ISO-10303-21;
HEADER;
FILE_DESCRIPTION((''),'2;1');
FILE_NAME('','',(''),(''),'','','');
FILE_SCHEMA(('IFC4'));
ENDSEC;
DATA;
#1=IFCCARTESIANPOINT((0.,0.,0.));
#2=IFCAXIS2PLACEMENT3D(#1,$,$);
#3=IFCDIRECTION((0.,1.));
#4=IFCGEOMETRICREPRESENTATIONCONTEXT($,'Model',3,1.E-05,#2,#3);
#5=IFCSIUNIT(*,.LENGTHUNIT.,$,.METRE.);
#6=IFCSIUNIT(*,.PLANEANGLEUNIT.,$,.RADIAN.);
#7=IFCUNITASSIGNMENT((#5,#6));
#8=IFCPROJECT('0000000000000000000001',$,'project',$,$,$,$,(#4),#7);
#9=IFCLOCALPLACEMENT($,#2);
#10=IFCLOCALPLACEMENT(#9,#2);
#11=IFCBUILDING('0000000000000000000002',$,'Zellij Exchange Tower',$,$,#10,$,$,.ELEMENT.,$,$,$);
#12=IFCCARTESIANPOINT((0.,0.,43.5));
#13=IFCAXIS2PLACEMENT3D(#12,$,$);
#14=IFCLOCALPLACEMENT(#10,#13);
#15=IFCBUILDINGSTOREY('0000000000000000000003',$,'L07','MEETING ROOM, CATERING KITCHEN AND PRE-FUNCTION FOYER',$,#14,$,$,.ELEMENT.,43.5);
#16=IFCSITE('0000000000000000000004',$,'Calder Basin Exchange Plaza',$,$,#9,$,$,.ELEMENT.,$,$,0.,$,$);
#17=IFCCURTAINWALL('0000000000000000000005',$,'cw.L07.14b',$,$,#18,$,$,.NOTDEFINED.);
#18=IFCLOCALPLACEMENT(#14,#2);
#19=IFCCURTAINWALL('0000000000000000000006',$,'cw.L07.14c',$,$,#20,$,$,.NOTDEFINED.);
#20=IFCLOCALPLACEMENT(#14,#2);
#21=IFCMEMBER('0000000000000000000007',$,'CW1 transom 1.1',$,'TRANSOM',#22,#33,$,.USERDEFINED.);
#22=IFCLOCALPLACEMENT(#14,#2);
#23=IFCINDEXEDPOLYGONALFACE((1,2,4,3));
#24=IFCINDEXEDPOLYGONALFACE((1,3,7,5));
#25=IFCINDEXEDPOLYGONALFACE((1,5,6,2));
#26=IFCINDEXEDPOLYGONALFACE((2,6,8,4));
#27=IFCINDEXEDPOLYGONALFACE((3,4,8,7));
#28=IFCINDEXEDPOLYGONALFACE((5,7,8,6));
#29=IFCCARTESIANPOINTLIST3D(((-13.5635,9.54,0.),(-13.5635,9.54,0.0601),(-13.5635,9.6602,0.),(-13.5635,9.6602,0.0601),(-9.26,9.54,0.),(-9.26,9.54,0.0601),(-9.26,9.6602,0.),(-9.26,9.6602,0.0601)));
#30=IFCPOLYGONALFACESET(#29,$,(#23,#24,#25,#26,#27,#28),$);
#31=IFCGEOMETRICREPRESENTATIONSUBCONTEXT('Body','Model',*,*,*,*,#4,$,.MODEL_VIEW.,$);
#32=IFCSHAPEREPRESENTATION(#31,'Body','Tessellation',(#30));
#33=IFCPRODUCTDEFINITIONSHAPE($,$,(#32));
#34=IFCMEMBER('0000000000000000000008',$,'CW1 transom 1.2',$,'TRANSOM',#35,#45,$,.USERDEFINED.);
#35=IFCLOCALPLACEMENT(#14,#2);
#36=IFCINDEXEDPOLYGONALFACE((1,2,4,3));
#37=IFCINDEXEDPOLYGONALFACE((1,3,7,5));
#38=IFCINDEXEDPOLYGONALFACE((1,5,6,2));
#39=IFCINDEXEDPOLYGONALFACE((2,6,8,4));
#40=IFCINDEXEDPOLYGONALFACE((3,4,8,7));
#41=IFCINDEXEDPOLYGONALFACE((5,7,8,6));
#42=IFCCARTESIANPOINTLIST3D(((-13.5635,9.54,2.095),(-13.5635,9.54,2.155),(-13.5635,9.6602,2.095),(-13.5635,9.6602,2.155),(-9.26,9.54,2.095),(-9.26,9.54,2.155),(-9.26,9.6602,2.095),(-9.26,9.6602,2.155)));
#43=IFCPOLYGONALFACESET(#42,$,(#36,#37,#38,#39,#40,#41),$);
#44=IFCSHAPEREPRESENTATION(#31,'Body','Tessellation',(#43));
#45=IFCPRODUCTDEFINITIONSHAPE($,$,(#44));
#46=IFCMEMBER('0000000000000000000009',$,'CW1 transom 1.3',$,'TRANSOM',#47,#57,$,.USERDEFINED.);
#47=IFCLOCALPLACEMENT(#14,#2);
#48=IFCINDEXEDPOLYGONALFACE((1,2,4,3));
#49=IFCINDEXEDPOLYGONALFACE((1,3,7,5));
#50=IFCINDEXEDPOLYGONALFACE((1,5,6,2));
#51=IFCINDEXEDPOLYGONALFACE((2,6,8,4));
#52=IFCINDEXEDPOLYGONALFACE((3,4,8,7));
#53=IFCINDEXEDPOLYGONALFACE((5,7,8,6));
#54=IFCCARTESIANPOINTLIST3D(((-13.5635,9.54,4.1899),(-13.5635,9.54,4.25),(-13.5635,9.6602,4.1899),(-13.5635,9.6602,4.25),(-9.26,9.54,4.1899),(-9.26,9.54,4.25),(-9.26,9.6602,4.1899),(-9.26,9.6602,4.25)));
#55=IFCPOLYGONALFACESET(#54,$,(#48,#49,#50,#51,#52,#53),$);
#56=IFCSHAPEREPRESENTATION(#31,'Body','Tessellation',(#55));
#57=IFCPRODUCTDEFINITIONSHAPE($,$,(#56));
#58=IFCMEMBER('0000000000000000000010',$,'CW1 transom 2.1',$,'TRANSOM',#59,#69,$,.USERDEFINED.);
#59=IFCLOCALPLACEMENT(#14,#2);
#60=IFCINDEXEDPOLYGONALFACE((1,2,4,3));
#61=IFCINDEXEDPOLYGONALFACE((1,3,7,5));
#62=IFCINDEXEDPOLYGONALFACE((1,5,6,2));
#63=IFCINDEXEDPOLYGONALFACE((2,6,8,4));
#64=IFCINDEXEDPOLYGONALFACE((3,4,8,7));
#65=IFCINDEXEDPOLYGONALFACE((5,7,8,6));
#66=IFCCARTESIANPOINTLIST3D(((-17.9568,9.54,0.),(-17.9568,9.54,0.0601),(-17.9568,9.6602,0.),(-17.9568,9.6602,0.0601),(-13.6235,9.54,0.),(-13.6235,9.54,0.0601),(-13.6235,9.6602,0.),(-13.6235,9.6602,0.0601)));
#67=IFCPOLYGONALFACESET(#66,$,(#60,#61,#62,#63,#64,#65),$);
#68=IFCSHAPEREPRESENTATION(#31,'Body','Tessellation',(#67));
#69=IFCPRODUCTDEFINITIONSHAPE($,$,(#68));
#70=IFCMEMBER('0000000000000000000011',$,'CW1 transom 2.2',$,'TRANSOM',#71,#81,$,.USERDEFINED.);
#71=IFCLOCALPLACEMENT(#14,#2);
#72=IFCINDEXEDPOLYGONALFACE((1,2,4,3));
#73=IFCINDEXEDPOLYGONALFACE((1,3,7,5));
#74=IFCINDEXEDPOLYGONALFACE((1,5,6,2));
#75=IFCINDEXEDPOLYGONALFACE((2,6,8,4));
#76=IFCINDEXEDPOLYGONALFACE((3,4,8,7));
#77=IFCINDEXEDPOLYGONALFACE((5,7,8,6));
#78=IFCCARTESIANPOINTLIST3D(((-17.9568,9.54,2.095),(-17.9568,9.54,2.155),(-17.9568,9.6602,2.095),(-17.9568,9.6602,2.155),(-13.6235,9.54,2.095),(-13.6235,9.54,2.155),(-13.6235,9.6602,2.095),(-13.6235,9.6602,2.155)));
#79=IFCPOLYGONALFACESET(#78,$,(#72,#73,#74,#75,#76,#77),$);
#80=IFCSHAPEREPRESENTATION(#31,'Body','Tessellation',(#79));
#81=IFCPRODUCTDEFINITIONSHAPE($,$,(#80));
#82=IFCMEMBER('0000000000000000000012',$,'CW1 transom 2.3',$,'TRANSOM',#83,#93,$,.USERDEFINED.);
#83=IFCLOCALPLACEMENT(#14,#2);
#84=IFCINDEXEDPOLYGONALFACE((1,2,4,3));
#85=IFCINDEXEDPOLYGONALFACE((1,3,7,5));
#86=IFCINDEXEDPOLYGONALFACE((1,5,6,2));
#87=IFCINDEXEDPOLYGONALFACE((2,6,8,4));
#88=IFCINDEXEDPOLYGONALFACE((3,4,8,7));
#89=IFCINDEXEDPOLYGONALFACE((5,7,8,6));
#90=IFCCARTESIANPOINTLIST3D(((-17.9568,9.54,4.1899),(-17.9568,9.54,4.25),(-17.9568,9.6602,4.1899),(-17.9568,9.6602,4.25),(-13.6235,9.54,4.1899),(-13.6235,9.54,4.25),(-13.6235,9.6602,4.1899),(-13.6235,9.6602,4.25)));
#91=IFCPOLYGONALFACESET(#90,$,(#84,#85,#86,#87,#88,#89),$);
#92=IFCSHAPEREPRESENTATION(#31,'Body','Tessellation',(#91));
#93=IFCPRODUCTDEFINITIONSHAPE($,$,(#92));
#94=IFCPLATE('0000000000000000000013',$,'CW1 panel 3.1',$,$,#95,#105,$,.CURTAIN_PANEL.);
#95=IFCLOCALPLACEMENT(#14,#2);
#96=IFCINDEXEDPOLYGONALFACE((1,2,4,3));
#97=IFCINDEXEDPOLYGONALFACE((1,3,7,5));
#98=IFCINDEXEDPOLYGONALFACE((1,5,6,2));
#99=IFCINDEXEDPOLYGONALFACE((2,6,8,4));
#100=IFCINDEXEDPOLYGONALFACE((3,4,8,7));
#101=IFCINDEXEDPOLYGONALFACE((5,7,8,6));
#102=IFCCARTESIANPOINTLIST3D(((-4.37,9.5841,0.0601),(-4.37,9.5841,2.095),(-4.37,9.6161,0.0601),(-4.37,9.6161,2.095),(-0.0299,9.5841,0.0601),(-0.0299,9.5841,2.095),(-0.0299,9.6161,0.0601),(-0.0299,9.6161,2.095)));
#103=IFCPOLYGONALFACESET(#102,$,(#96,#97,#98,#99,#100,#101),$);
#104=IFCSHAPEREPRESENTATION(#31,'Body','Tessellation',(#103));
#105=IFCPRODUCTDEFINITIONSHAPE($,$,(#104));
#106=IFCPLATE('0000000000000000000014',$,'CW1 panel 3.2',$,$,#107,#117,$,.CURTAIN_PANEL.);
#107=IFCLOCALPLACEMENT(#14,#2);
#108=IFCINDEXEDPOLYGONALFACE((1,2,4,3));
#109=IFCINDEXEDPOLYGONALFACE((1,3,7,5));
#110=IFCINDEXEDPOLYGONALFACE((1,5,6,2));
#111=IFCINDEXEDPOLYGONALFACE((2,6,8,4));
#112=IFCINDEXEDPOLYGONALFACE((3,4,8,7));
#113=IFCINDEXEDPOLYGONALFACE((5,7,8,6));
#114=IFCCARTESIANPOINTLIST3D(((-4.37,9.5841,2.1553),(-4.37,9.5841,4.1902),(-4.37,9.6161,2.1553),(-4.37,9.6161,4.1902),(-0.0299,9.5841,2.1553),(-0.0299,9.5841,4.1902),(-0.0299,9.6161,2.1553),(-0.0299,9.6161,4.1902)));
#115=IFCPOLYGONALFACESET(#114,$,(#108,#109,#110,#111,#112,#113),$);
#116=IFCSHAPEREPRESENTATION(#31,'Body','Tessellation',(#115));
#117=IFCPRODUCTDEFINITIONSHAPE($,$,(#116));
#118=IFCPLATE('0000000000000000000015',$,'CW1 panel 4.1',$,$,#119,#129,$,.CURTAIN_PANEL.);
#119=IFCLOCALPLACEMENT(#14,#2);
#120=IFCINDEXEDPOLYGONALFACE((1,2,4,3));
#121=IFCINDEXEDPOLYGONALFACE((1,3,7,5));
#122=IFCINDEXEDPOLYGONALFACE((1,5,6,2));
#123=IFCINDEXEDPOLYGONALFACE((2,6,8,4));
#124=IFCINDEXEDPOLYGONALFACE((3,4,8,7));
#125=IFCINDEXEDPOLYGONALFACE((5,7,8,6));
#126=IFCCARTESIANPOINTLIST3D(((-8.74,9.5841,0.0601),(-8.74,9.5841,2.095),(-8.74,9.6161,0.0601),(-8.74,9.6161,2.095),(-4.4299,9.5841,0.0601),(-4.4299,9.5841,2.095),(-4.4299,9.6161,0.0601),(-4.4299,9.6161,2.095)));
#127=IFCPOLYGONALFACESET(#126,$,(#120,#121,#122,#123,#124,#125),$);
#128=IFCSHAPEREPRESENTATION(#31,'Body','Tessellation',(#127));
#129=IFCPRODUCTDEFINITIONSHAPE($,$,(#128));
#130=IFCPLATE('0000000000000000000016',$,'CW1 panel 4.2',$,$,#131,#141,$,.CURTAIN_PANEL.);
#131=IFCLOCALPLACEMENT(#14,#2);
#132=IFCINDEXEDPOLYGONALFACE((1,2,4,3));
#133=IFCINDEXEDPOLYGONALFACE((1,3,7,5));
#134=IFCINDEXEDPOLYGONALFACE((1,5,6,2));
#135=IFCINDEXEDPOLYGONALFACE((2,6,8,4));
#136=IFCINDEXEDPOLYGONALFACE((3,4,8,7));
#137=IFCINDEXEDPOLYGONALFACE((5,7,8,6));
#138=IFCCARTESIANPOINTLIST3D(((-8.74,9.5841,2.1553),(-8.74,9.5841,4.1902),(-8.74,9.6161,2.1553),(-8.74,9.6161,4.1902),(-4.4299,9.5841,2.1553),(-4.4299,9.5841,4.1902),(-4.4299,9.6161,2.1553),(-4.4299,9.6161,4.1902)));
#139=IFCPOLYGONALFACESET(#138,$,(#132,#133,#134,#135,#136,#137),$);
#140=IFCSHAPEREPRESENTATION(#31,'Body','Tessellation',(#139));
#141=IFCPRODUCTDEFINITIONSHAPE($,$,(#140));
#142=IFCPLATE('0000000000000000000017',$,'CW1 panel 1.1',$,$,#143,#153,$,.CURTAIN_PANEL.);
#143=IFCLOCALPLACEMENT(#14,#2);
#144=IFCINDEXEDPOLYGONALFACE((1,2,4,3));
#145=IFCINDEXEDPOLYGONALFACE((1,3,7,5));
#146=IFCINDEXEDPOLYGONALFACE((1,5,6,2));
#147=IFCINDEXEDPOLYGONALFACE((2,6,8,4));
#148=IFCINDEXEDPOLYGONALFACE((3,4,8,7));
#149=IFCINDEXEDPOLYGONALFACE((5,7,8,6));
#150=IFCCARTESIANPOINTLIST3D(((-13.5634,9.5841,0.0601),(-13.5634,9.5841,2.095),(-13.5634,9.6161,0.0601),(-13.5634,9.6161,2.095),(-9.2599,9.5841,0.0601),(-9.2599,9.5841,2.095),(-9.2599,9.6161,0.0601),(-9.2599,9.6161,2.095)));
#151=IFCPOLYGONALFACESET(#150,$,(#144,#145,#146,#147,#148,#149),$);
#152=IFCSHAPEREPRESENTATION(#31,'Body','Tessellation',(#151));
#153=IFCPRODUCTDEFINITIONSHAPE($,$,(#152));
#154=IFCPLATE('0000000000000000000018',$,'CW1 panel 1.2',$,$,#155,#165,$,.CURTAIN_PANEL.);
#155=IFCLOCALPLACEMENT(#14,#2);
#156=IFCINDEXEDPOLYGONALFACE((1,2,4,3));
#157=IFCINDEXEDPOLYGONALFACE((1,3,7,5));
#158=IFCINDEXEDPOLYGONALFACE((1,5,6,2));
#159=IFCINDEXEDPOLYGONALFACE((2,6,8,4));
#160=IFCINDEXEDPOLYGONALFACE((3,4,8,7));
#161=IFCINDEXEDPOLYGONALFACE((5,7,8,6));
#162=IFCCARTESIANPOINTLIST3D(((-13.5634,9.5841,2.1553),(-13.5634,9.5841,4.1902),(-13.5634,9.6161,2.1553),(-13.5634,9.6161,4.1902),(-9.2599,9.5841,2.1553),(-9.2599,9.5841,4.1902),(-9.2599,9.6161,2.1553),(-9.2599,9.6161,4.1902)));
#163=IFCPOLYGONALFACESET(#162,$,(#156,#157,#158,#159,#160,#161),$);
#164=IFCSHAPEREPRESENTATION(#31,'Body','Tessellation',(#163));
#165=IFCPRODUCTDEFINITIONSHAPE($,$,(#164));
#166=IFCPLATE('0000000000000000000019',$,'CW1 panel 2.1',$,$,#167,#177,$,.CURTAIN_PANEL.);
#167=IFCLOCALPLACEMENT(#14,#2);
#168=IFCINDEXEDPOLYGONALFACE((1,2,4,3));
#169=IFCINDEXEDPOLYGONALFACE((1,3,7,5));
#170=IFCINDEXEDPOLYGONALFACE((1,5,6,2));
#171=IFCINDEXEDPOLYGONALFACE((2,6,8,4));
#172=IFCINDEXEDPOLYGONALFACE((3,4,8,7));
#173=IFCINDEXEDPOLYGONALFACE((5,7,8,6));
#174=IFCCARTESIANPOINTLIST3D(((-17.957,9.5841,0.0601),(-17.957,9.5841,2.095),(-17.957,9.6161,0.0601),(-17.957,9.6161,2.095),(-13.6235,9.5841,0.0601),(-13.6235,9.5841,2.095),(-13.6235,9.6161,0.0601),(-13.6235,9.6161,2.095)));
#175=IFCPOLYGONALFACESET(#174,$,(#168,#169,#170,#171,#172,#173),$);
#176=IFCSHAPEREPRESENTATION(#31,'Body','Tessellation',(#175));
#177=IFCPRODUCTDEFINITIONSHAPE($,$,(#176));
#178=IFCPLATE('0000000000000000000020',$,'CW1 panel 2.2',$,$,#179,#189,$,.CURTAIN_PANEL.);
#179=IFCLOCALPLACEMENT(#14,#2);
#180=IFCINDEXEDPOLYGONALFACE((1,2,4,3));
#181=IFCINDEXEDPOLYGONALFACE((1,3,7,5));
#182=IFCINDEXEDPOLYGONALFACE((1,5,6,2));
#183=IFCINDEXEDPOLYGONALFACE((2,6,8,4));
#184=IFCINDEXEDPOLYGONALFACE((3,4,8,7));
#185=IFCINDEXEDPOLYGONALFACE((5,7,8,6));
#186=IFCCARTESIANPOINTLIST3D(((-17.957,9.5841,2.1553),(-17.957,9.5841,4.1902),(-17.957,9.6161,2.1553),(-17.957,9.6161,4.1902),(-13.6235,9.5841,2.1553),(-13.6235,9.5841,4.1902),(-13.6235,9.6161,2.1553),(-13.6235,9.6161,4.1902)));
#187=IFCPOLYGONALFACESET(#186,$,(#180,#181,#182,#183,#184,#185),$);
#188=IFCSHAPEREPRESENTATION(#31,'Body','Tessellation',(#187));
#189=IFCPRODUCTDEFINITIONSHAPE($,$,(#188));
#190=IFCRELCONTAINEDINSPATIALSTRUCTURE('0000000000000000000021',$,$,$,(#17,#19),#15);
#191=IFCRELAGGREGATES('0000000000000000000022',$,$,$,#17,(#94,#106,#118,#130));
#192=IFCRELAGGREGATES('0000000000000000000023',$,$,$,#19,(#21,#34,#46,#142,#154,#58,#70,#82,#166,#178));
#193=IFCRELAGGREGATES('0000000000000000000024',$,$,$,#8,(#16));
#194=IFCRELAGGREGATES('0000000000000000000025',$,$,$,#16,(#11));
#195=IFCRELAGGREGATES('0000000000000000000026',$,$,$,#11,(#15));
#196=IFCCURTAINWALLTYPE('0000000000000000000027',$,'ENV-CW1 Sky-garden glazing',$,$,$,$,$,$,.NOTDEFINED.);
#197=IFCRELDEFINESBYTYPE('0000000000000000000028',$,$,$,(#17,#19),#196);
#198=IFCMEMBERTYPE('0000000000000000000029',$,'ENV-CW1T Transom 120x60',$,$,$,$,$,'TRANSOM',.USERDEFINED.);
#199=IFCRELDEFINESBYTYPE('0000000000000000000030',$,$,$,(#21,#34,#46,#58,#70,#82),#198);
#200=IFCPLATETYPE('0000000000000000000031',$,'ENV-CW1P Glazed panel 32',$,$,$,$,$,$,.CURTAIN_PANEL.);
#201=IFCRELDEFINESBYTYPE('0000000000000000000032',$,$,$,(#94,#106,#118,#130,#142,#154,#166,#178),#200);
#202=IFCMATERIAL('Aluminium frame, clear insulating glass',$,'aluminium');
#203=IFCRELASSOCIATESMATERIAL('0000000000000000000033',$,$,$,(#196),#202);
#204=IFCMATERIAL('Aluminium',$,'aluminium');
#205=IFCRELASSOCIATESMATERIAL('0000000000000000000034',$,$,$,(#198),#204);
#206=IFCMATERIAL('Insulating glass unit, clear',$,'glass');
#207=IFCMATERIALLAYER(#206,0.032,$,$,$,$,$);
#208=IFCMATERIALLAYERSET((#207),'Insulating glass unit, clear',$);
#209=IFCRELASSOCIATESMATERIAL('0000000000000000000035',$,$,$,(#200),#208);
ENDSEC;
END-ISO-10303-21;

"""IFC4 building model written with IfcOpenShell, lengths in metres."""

from ifc_helpers import new_model, si_unit, direction, frame, origin, origin_2d, place, context, subcontext, project, spatial, rectangle, extrude, material, layer, layer_set, material_profile, profile_set, type_object, element, aggregate, save


model = new_model("IFC4")

# Units and contexts
model_context = context("Model", 3, precision=1e-05, world=origin(), true_north=direction((0.0, 1.0)))
body_context = subcontext(model_context, "Body", "Model", "MODEL_VIEW")
ifc_project = project(units=[si_unit("LENGTHUNIT", "METRE"), si_unit("PLANEANGLEUNIT", "RADIAN")], contexts=[model_context])

# Site, building, storey
site_placement = place(None, origin())
site = spatial("IfcSite", under=ifc_project, at=site_placement, Name="Calder Basin Exchange Plaza", CompositionType="ELEMENT", RefElevation=0.0)
building_placement = place(site_placement, origin())
building = spatial("IfcBuilding", under=site, at=building_placement, Name="Zellij Exchange Tower", CompositionType="ELEMENT")
storey_placement = place(building_placement, frame((0.0, 0.0, 43.5)))
storey = spatial("IfcBuildingStorey", under=building, at=storey_placement, Name="L07", Description="MEETING ROOM, CATERING KITCHEN AND PRE-FUNCTION FOYER", CompositionType="ELEMENT", Elevation=43.5)

# Curtain walls
ifc_material_1 = material(Name="Aluminium frame, clear insulating glass", Category="aluminium")
curtain_wall_type = type_object("IfcCurtainWallType", Name="ENV-CW1 Sky-garden glazing", PredefinedType="NOTDEFINED", material=ifc_material_1)
curtain_wall_1_placement = place(storey_placement, origin())
curtain_wall_1 = element("IfcCurtainWall", 1, at=curtain_wall_1_placement, inside=storey, type_object=curtain_wall_type, Name="cw.L07.14b", PredefinedType="NOTDEFINED")
ifc_material_2 = material(Name="Aluminium", Category="aluminium")
curtain_wall_2_placement = place(storey_placement, origin())
curtain_wall_2 = element("IfcCurtainWall", 2, at=curtain_wall_2_placement, inside=storey, type_object=curtain_wall_type, Name="cw.L07.14c", PredefinedType="NOTDEFINED")

# Members
ifc_material_profile_1 = material_profile(ifc_material_2, rectangle(XDim=0.1201, YDim=0.0601, at=origin_2d()), Name="AL 120x60")
ifc_profile_set_1 = profile_set([ifc_material_profile_1], Name="Aluminium")
member_type_1 = type_object("IfcMemberType", Name="ENV-CW1T Transom 120x60", ElementType="TRANSOM", PredefinedType="USERDEFINED", material=ifc_profile_set_1)
member_1_placement = place(storey_placement, frame((-9.26, 9.6001, 0.03), z_axis=(-1.0, 0.0, 0.0), x_axis=(0.0, -1.0, 0.0)))
member_1 = element("IfcMember", 3, at=member_1_placement, type_object=member_type_1, Name="CW1 transom 1.1", ObjectType="TRANSOM", PredefinedType="USERDEFINED", context=body_context, shape_type="SweptSolid", body=[
    extrude(rectangle(XDim=0.1201, YDim=0.0601, at=origin_2d()), origin(), (0.0, 0.0, 1.0), 4.3035),
])
member_2_placement = place(storey_placement, frame((-9.26, 9.6001, 2.125), z_axis=(-1.0, 0.0, 0.0), x_axis=(0.0, -1.0, 0.0)))
member_2 = element("IfcMember", 4, at=member_2_placement, type_object=member_type_1, Name="CW1 transom 1.2", ObjectType="TRANSOM", PredefinedType="USERDEFINED", context=body_context, shape_type="SweptSolid", body=[
    extrude(rectangle(XDim=0.1201, YDim=0.0601, at=origin_2d()), origin(), (0.0, 0.0, 1.0), 4.3035),
])
member_3_placement = place(storey_placement, frame((-9.26, 9.6001, 4.22), z_axis=(-1.0, 0.0, 0.0), x_axis=(0.0, -1.0, 0.0)))
member_3 = element("IfcMember", 5, at=member_3_placement, type_object=member_type_1, Name="CW1 transom 1.3", ObjectType="TRANSOM", PredefinedType="USERDEFINED", context=body_context, shape_type="SweptSolid", body=[
    extrude(rectangle(XDim=0.1201, YDim=0.0601, at=origin_2d()), origin(), (0.0, 0.0, 1.0), 4.3035),
])
member_4_placement = place(storey_placement, frame((-13.6235, 9.6001, 0.03), z_axis=(-1.0, 0.0, 0.0), x_axis=(0.0, -1.0, 0.0)))
member_4 = element("IfcMember", 6, at=member_4_placement, type_object=member_type_1, Name="CW1 transom 2.1", ObjectType="TRANSOM", PredefinedType="USERDEFINED", context=body_context, shape_type="SweptSolid", body=[
    extrude(rectangle(XDim=0.1201, YDim=0.0601, at=origin_2d()), origin(), (0.0, 0.0, 1.0), 4.3333),
])
member_5_placement = place(storey_placement, frame((-13.6235, 9.6001, 2.125), z_axis=(-1.0, 0.0, 0.0), x_axis=(0.0, -1.0, 0.0)))
member_5 = element("IfcMember", 7, at=member_5_placement, type_object=member_type_1, Name="CW1 transom 2.2", ObjectType="TRANSOM", PredefinedType="USERDEFINED", context=body_context, shape_type="SweptSolid", body=[
    extrude(rectangle(XDim=0.1201, YDim=0.0601, at=origin_2d()), origin(), (0.0, 0.0, 1.0), 4.3333),
])
member_6_placement = place(storey_placement, frame((-13.6235, 9.6001, 4.22), z_axis=(-1.0, 0.0, 0.0), x_axis=(0.0, -1.0, 0.0)))
member_6 = element("IfcMember", 8, at=member_6_placement, type_object=member_type_1, Name="CW1 transom 2.3", ObjectType="TRANSOM", PredefinedType="USERDEFINED", context=body_context, shape_type="SweptSolid", body=[
    extrude(rectangle(XDim=0.1201, YDim=0.0601, at=origin_2d()), origin(), (0.0, 0.0, 1.0), 4.3333),
])

# Plates
ifc_material_3 = material(Name="Insulating glass unit, clear", Category="glass")
ifc_layer_1 = layer(ifc_material_3, 0.032)
ifc_layer_set_1 = layer_set([ifc_layer_1], Name="Insulating glass unit, clear")
plate_type = type_object("IfcPlateType", Name="ENV-CW1P Glazed panel 32", PredefinedType="CURTAIN_PANEL", material=ifc_layer_set_1)
plate_1_placement = place(storey_placement, frame((-2.2, 9.6001, 0.0601), z_axis=(0.0, 0.0, 1.0), x_axis=(-1.0, 0.0, 0.0)))
plate_1 = element("IfcPlate", 9, at=plate_1_placement, type_object=plate_type, Name="CW1 panel 3.1", PredefinedType="CURTAIN_PANEL", context=body_context, shape_type="SweptSolid", body=[
    extrude(rectangle(XDim=4.3401, YDim=0.032, at=origin_2d()), origin(), (0.0, 0.0, 1.0), 2.0349),
])
plate_2_placement = place(storey_placement, frame((-2.2, 9.6001, 2.1553), z_axis=(0.0, 0.0, 1.0), x_axis=(-1.0, 0.0, 0.0)))
plate_2 = element("IfcPlate", 10, at=plate_2_placement, type_object=plate_type, Name="CW1 panel 3.2", PredefinedType="CURTAIN_PANEL", context=body_context, shape_type="SweptSolid", body=[
    extrude(rectangle(XDim=4.3401, YDim=0.032, at=origin_2d()), origin(), (0.0, 0.0, 1.0), 2.0349),
])
plate_3_placement = place(storey_placement, frame((-6.585, 9.6001, 0.0601), z_axis=(0.0, 0.0, 1.0), x_axis=(-1.0, 0.0, 0.0)))
plate_3 = element("IfcPlate", 11, at=plate_3_placement, type_object=plate_type, Name="CW1 panel 4.1", PredefinedType="CURTAIN_PANEL", context=body_context, shape_type="SweptSolid", body=[
    extrude(rectangle(XDim=4.3101, YDim=0.032, at=origin_2d()), origin(), (0.0, 0.0, 1.0), 2.0349),
])
plate_4_placement = place(storey_placement, frame((-6.585, 9.6001, 2.1553), z_axis=(0.0, 0.0, 1.0), x_axis=(-1.0, 0.0, 0.0)))
plate_4 = element("IfcPlate", 12, at=plate_4_placement, type_object=plate_type, Name="CW1 panel 4.2", PredefinedType="CURTAIN_PANEL", context=body_context, shape_type="SweptSolid", body=[
    extrude(rectangle(XDim=4.3101, YDim=0.032, at=origin_2d()), origin(), (0.0, 0.0, 1.0), 2.0349),
])
aggregate(curtain_wall_1, [plate_1, plate_2, plate_3, plate_4])
plate_5_placement = place(storey_placement, frame((-11.4116, 9.6001, 0.0601), z_axis=(0.0, 0.0, 1.0), x_axis=(-1.0, 0.0, 0.0)))
plate_5 = element("IfcPlate", 13, at=plate_5_placement, type_object=plate_type, Name="CW1 panel 1.1", PredefinedType="CURTAIN_PANEL", context=body_context, shape_type="SweptSolid", body=[
    extrude(rectangle(XDim=4.3035, YDim=0.032, at=origin_2d()), origin(), (0.0, 0.0, 1.0), 2.0349),
])
plate_6_placement = place(storey_placement, frame((-11.4116, 9.6001, 2.1553), z_axis=(0.0, 0.0, 1.0), x_axis=(-1.0, 0.0, 0.0)))
plate_6 = element("IfcPlate", 14, at=plate_6_placement, type_object=plate_type, Name="CW1 panel 1.2", PredefinedType="CURTAIN_PANEL", context=body_context, shape_type="SweptSolid", body=[
    extrude(rectangle(XDim=4.3035, YDim=0.032, at=origin_2d()), origin(), (0.0, 0.0, 1.0), 2.0349),
])
plate_7_placement = place(storey_placement, frame((-15.7903, 9.6001, 0.0601), z_axis=(0.0, 0.0, 1.0), x_axis=(-1.0, 0.0, 0.0)))
plate_7 = element("IfcPlate", 15, at=plate_7_placement, type_object=plate_type, Name="CW1 panel 2.1", PredefinedType="CURTAIN_PANEL", context=body_context, shape_type="SweptSolid", body=[
    extrude(rectangle(XDim=4.3335, YDim=0.032, at=origin_2d()), origin(), (0.0, 0.0, 1.0), 2.0349),
])
plate_8_placement = place(storey_placement, frame((-15.7903, 9.6001, 2.1553), z_axis=(0.0, 0.0, 1.0), x_axis=(-1.0, 0.0, 0.0)))
plate_8 = element("IfcPlate", 16, at=plate_8_placement, type_object=plate_type, Name="CW1 panel 2.2", PredefinedType="CURTAIN_PANEL", context=body_context, shape_type="SweptSolid", body=[
    extrude(rectangle(XDim=4.3335, YDim=0.032, at=origin_2d()), origin(), (0.0, 0.0, 1.0), 2.0349),
])
aggregate(curtain_wall_2, [member_1, member_2, member_3, plate_5, plate_6, member_4, member_5, member_6, plate_7, plate_8])

save(model, "model.ifc")
